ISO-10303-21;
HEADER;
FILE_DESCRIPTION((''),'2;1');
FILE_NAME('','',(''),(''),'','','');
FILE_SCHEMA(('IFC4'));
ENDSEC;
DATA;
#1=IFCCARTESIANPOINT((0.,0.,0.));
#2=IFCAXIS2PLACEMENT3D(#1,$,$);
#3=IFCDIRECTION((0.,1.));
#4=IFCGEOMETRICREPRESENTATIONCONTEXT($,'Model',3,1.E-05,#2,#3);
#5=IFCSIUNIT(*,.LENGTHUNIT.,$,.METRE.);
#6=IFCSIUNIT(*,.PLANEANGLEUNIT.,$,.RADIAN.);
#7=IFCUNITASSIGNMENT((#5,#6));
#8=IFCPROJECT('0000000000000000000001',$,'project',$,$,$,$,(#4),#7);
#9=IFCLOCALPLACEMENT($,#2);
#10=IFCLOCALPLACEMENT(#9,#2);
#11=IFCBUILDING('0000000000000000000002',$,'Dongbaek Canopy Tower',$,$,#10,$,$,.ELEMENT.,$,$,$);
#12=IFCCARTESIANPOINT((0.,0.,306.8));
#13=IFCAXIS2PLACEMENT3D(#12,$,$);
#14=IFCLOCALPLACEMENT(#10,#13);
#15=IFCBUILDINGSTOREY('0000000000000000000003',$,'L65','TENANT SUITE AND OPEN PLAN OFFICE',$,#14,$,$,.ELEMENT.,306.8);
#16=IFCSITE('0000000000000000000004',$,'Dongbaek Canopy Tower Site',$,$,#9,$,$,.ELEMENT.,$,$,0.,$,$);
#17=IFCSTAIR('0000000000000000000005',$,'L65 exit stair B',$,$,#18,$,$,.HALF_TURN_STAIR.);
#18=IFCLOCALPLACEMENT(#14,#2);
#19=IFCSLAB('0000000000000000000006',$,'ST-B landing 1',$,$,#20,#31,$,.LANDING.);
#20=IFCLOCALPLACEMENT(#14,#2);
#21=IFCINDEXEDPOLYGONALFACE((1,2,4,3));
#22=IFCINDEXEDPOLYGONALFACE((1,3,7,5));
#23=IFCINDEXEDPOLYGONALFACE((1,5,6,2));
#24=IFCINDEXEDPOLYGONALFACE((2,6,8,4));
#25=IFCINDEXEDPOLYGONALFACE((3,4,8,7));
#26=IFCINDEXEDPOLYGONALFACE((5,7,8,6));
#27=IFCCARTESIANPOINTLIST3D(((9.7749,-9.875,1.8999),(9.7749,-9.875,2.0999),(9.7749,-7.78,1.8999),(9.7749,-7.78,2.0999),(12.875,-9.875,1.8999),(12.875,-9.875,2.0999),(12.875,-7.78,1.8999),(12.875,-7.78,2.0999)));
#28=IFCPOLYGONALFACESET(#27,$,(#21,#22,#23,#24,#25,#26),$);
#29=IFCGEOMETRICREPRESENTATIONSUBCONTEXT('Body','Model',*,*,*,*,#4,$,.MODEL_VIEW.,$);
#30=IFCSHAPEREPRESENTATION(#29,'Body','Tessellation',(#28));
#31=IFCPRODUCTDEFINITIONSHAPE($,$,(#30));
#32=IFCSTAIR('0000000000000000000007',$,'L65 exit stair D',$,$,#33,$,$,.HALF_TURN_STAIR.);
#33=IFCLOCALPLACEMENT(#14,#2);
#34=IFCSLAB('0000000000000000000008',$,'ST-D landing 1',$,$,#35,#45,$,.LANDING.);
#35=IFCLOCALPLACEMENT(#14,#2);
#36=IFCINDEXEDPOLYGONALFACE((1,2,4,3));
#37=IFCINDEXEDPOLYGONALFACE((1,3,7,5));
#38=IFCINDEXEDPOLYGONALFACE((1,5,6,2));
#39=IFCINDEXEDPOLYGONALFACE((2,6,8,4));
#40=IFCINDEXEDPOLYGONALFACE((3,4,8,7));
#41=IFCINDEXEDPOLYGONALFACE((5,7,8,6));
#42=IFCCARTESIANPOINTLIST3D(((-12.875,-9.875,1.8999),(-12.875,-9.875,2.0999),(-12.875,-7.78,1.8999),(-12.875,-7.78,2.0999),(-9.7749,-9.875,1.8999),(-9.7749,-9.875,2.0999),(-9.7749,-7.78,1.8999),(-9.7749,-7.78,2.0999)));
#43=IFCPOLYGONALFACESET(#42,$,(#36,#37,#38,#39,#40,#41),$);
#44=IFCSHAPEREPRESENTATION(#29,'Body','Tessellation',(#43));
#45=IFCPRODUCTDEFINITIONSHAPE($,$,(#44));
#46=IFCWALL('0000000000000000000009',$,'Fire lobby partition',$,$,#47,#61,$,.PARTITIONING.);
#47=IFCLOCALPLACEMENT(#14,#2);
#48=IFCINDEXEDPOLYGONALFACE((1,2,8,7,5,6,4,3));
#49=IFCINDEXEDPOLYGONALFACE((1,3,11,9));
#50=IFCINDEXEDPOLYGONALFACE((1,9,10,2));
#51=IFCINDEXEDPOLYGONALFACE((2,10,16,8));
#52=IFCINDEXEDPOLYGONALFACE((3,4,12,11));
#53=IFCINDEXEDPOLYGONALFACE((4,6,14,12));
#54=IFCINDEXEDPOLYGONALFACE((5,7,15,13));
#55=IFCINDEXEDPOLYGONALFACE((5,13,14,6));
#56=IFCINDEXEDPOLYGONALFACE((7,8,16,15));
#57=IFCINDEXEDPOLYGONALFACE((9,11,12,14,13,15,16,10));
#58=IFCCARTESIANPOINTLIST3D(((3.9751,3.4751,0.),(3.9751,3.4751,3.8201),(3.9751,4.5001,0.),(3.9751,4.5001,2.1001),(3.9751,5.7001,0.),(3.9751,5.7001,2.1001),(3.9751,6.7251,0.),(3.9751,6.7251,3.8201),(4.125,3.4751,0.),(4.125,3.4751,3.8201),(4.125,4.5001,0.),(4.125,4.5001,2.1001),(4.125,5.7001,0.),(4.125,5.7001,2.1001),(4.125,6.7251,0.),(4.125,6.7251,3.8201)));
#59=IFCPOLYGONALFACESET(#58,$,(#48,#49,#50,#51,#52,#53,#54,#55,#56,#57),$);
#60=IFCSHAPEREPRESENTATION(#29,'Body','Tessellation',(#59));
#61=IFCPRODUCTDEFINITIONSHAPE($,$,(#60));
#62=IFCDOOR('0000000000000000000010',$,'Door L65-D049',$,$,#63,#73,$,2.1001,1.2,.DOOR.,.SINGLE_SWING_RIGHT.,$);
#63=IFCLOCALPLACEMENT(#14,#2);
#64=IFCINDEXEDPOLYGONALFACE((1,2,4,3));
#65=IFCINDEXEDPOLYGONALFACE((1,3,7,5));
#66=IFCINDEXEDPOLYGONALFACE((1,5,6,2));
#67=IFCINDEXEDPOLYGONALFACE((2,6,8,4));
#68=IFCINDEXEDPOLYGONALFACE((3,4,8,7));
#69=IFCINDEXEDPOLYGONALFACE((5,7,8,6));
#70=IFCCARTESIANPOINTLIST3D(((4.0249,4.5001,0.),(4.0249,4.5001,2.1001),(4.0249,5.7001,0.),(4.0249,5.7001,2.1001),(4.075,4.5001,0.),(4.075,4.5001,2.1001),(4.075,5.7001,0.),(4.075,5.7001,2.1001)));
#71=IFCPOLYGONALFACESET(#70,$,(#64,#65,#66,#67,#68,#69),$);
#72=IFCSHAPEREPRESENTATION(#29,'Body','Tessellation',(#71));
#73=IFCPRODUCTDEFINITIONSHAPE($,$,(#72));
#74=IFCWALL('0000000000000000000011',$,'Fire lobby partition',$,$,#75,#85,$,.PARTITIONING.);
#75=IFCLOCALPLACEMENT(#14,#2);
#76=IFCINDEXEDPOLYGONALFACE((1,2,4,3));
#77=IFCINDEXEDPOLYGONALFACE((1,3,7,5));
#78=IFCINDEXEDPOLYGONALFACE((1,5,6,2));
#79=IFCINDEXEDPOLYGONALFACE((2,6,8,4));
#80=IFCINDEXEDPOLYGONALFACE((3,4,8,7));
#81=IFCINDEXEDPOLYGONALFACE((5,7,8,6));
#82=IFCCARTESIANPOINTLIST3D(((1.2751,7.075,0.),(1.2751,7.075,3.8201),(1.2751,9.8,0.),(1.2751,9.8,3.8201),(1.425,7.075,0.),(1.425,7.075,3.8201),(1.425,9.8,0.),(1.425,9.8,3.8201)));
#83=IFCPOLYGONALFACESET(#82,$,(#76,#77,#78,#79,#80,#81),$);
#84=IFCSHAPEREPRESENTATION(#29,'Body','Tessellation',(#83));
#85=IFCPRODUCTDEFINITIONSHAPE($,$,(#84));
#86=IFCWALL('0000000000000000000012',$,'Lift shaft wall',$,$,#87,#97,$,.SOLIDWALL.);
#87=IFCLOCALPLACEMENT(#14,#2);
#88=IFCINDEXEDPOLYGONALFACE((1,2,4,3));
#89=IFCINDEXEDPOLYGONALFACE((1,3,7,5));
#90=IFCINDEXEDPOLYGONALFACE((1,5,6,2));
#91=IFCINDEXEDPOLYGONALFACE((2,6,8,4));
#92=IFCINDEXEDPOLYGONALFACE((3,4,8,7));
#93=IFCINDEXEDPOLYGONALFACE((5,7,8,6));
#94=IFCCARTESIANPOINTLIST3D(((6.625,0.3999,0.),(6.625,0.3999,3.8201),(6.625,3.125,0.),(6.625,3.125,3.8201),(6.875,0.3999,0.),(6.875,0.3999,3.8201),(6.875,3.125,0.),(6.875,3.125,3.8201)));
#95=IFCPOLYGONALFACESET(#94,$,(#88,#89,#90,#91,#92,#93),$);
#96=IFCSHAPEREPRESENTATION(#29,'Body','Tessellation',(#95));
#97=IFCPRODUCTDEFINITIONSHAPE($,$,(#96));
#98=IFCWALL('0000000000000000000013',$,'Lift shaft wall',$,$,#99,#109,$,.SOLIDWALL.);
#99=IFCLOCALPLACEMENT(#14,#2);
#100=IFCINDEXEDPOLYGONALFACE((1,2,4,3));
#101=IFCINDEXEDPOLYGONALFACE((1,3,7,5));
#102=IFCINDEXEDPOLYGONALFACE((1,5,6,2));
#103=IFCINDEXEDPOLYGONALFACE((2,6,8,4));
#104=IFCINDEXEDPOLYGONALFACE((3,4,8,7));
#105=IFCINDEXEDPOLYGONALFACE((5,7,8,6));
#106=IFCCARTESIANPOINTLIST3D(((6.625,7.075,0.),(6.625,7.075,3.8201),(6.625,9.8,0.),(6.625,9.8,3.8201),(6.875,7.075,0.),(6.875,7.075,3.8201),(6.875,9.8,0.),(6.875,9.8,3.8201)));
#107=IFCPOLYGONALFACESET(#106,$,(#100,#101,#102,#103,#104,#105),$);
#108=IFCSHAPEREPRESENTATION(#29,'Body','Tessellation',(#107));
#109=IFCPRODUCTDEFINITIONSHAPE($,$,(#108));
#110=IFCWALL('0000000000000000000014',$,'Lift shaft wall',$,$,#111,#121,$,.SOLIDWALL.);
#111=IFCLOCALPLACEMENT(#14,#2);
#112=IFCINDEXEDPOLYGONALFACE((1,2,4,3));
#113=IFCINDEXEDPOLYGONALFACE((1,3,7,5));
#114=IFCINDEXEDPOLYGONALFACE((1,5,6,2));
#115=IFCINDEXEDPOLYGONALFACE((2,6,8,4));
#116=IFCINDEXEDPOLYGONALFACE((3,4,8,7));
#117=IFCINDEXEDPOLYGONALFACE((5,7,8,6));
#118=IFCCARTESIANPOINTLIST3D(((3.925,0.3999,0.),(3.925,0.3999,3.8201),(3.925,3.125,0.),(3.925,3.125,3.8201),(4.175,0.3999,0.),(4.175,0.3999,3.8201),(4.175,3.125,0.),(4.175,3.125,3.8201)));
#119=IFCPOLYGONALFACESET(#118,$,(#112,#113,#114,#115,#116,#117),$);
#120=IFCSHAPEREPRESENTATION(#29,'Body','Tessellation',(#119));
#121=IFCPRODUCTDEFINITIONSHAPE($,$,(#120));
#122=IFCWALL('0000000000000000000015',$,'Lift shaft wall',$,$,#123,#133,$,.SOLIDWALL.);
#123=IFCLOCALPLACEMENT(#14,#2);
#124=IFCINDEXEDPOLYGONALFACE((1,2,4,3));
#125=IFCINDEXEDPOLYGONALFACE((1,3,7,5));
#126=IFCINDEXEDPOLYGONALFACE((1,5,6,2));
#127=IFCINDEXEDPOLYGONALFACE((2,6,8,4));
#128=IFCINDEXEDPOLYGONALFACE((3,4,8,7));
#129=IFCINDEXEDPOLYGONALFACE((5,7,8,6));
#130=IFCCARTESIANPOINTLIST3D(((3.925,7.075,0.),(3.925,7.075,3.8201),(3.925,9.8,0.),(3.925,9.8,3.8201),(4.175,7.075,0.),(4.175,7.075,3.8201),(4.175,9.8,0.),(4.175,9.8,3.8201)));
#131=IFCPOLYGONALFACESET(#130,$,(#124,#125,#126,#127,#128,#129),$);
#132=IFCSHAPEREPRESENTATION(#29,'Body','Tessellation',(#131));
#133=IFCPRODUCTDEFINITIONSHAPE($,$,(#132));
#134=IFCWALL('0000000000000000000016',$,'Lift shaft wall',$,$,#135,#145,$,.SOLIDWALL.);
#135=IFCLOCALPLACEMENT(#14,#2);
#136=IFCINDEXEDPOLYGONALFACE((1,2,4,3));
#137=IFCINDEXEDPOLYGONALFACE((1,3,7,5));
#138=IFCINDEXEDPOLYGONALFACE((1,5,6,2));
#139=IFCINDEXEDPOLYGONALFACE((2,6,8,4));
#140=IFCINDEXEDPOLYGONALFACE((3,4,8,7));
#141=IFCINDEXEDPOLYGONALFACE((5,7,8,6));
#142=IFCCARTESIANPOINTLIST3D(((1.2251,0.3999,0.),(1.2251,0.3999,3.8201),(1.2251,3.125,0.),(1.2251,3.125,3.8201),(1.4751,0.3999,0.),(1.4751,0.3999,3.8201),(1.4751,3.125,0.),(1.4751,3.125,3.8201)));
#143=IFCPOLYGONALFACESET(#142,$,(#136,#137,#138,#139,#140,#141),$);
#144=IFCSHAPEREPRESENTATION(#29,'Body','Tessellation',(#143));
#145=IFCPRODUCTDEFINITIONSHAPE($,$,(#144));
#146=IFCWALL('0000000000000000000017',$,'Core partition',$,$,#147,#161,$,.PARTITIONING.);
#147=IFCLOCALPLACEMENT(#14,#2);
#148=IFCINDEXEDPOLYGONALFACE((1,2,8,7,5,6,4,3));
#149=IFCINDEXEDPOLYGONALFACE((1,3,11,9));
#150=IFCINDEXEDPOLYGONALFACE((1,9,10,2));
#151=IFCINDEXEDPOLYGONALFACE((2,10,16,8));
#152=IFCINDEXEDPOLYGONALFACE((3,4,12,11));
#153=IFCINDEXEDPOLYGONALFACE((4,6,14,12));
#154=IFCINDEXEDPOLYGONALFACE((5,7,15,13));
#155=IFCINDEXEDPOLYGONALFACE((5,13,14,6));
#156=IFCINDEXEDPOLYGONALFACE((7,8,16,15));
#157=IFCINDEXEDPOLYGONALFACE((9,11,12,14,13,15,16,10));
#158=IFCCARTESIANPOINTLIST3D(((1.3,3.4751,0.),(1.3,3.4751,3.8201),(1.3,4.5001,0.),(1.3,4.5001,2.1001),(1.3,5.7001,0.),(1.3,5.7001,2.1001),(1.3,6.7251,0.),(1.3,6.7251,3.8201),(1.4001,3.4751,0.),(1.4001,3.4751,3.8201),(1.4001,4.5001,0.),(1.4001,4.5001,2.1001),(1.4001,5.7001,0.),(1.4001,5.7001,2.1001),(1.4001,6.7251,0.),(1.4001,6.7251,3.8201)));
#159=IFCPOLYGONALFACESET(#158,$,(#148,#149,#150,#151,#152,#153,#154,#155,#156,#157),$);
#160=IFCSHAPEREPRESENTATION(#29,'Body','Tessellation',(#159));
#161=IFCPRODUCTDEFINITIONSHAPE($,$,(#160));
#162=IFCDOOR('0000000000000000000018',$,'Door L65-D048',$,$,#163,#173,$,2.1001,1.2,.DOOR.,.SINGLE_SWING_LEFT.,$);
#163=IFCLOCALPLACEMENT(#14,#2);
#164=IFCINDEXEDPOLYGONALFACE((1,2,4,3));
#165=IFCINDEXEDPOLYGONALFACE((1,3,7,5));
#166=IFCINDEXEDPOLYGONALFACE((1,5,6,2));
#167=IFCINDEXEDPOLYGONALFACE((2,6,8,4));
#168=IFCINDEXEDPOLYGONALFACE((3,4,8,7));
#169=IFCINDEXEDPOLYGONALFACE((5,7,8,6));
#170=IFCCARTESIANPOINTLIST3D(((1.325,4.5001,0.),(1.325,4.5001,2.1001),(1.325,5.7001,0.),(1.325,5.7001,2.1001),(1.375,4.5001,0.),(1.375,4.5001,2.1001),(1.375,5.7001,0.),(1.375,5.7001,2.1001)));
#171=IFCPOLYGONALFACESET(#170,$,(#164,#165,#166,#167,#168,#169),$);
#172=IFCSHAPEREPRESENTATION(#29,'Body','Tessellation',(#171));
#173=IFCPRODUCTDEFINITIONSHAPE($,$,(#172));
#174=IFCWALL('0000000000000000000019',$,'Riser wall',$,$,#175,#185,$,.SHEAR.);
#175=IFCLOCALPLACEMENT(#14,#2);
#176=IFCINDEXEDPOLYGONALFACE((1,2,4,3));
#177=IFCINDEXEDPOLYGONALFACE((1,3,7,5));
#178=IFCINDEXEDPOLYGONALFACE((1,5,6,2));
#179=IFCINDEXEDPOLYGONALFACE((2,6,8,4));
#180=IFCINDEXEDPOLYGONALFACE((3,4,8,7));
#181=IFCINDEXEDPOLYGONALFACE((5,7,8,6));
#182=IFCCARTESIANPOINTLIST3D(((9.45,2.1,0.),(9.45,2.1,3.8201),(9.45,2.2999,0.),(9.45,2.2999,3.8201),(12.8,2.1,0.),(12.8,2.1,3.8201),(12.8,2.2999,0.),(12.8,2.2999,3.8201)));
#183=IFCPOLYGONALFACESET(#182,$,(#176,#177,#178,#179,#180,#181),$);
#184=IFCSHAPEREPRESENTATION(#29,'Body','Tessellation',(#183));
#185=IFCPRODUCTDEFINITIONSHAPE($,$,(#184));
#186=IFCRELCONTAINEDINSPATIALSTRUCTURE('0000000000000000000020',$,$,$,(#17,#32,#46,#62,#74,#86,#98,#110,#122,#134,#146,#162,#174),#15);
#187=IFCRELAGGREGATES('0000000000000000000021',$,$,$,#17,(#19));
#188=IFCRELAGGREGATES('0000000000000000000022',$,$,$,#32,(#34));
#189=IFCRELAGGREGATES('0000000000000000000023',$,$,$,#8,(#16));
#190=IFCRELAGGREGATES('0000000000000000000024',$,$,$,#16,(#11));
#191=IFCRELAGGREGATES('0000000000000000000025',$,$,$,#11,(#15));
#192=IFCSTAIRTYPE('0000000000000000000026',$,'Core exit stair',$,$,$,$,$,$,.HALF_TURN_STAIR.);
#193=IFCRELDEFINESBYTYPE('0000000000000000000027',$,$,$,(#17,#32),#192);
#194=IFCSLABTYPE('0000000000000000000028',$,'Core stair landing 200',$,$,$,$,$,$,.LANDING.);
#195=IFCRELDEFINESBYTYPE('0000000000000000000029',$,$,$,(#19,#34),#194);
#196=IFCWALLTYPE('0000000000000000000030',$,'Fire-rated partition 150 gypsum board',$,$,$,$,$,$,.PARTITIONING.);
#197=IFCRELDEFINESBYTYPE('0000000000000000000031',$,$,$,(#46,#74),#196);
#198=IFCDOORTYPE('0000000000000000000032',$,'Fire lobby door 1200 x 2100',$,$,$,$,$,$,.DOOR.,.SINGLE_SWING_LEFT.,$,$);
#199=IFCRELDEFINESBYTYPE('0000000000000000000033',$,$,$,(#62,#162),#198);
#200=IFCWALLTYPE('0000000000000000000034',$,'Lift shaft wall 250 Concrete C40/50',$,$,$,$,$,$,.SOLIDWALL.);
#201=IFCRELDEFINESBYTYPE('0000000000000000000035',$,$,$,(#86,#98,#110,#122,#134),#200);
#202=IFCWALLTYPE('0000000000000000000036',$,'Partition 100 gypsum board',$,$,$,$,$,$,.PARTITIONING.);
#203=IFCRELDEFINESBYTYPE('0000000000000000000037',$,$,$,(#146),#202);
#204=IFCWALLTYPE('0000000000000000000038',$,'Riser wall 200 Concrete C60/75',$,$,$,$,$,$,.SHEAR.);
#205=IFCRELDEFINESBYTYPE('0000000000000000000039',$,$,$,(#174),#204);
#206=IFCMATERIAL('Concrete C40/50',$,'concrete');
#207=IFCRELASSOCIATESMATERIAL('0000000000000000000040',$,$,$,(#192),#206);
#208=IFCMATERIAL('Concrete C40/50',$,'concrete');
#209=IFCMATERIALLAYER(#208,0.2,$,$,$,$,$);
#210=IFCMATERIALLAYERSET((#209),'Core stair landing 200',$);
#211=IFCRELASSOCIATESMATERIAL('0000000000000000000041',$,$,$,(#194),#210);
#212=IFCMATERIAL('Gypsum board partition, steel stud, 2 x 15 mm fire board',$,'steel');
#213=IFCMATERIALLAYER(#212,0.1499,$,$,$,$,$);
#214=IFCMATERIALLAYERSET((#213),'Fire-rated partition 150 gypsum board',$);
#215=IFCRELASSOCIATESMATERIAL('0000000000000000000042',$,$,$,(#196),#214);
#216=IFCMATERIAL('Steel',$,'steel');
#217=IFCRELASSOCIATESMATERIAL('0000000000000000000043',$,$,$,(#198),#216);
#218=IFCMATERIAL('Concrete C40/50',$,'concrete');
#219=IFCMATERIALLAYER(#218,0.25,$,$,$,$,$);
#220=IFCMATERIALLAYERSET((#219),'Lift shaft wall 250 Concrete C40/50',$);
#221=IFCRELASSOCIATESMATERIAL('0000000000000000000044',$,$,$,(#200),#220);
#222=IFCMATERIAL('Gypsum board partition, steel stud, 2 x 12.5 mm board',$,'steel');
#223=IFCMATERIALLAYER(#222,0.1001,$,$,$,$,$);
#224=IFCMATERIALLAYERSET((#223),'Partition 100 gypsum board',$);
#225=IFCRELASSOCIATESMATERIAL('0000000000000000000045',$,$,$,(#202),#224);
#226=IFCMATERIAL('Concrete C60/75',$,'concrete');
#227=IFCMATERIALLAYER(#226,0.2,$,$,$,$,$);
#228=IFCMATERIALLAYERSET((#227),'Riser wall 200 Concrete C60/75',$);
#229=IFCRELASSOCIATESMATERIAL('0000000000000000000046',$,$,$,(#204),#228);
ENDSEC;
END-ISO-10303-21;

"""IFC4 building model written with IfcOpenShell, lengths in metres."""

from ifc_helpers import new_model, si_unit, direction, frame, frame_2d, origin, place, context, subcontext, project, spatial, polyline, rectangle, outline, extrude, material, layer, layer_set, type_object, element, fill, aggregate, save


model = new_model("IFC4")

# Units and contexts
model_context = context("Model", 3, precision=1e-05, world=origin(), true_north=direction((0.0, 1.0)))
body_context = subcontext(model_context, "Body", "Model", "MODEL_VIEW")
ifc_project = project(units=[si_unit("LENGTHUNIT", "METRE"), si_unit("PLANEANGLEUNIT", "RADIAN")], contexts=[model_context])

# Site, building, storey
site_placement = place(None, origin())
site = spatial("IfcSite", under=ifc_project, at=site_placement, Name="Dongbaek Canopy Tower Site", CompositionType="ELEMENT", RefElevation=0.0)
building_placement = place(site_placement, origin())
building = spatial("IfcBuilding", under=site, at=building_placement, Name="Dongbaek Canopy Tower", CompositionType="ELEMENT")
storey_placement = place(building_placement, frame((0.0, 0.0, 306.8)))
storey = spatial("IfcBuildingStorey", under=building, at=storey_placement, Name="L65", Description="TENANT SUITE AND OPEN PLAN OFFICE", CompositionType="ELEMENT", Elevation=306.8)

# Stairs, slabs
ifc_material_1 = material(Name="Concrete C40/50", Category="concrete")
stair_type = type_object("IfcStairType", Name="Core exit stair", PredefinedType="HALF_TURN_STAIR", material=ifc_material_1)
stair_1_placement = place(storey_placement, origin())
stair_1 = element("IfcStair", 1, at=stair_1_placement, inside=storey, type_object=stair_type, Name="L65 exit stair B", PredefinedType="HALF_TURN_STAIR")
ifc_material_2 = material(Name="Concrete C40/50", Category="concrete")
ifc_layer_1 = layer(ifc_material_2, 0.2)
ifc_layer_set_1 = layer_set([ifc_layer_1], Name="Core stair landing 200")
slab_type = type_object("IfcSlabType", Name="Core stair landing 200", PredefinedType="LANDING", material=ifc_layer_set_1)
slab_1_placement = place(storey_placement, frame((0.0, 0.0, 1.8999)))
slab_1 = element("IfcSlab", 2, at=slab_1_placement, type_object=slab_type, Name="ST-B landing 1", PredefinedType="LANDING", context=body_context, shape_type="SweptSolid", body=[
    extrude(outline(polyline([(9.7749, -7.78), (9.7749, -9.875), (12.875, -9.875), (12.875, -7.78), (9.7749, -7.78)])), origin(), (0.0, 0.0, 1.0), 0.2),
])
aggregate(stair_1, [slab_1])
stair_2_placement = place(storey_placement, origin())
stair_2 = element("IfcStair", 3, at=stair_2_placement, inside=storey, type_object=stair_type, Name="L65 exit stair D", PredefinedType="HALF_TURN_STAIR")
slab_2_placement = place(storey_placement, frame((0.0, 0.0, 1.8999)))
slab_2 = element("IfcSlab", 4, at=slab_2_placement, type_object=slab_type, Name="ST-D landing 1", PredefinedType="LANDING", context=body_context, shape_type="SweptSolid", body=[
    extrude(outline(polyline([(-12.875, -7.78), (-12.875, -9.875), (-9.7749, -9.875), (-9.7749, -7.78), (-12.875, -7.78)])), origin(), (0.0, 0.0, 1.0), 0.2),
])
aggregate(stair_2, [slab_2])

# Wall, opening, door
ifc_material_3 = material(Name="Gypsum board partition, steel stud, 2 x 15 mm fire board", Category="steel")
ifc_layer_2 = layer(ifc_material_3, 0.1499)
ifc_layer_set_2 = layer_set([ifc_layer_2], Name="Fire-rated partition 150 gypsum board")
wall_type_1 = type_object("IfcWallType", Name="Fire-rated partition 150 gypsum board", PredefinedType="PARTITIONING", material=ifc_layer_set_2)
wall_1_placement = place(storey_placement, frame((4.05, 6.7251, 0.0), z_axis=(0.0, 0.0, 1.0), x_axis=(0.0, -1.0, 0.0)))
wall_1 = element("IfcWall", 5, at=wall_1_placement, inside=storey, type_object=wall_type_1, Name="Fire lobby partition", PredefinedType="PARTITIONING", context=body_context, shape_type="SweptSolid", body=[
    extrude(rectangle(XDim=3.25, YDim=0.1499, at=frame_2d((1.625, 0.0))), origin(), (0.0, 0.0, 1.0), 3.8201),
])
opening_1_placement = place(wall_1_placement, frame((1.0249, 0.0, 0.0)))
opening_1 = element("IfcOpeningElement", 6, at=opening_1_placement, cuts=wall_1, PredefinedType="OPENING", context=body_context, shape_type="SweptSolid", body=[
    extrude(rectangle(XDim=1.2, YDim=2.1001, at=frame_2d((0.6001, 1.05))), frame((0.0, 0.085, 0.0), z_axis=(0.0, -1.0, 0.0), x_axis=(1.0, 0.0, 0.0)), (0.0, 0.0, 1.0), 0.1699),
])
ifc_material_4 = material(Name="Steel", Category="steel")
door_type = type_object("IfcDoorType", Name="Fire lobby door 1200 x 2100", OperationType="SINGLE_SWING_LEFT", PredefinedType="DOOR", material=ifc_material_4)
door_1_placement = place(opening_1_placement, origin())
door_1 = element("IfcDoor", 7, at=door_1_placement, inside=storey, type_object=door_type, Name="Door L65-D049", OperationType="SINGLE_SWING_RIGHT", OverallHeight=2.1001, OverallWidth=1.2, PredefinedType="DOOR", context=body_context, shape_type="SweptSolid", body=[
    extrude(rectangle(XDim=1.2, YDim=2.1001, at=frame_2d((0.6001, 1.05))), frame((0.0, 0.0249, 0.0), z_axis=(0.0, -1.0, 0.0), x_axis=(1.0, 0.0, 0.0)), (0.0, 0.0, 1.0), 0.05),
])
fill(opening_1, door_1)

# Walls
wall_2_placement = place(storey_placement, frame((1.3501, 7.075, 0.0), z_axis=(0.0, 0.0, 1.0), x_axis=(0.0, 1.0, 0.0)))
element("IfcWall", 8, at=wall_2_placement, inside=storey, type_object=wall_type_1, Name="Fire lobby partition", PredefinedType="PARTITIONING", context=body_context, shape_type="SweptSolid", body=[
    extrude(rectangle(XDim=2.7251, YDim=0.1499, at=frame_2d((1.3625, 0.0))), origin(), (0.0, 0.0, 1.0), 3.8201),
])
ifc_material_5 = material(Name="Concrete C40/50", Category="concrete")
ifc_layer_3 = layer(ifc_material_5, 0.25)
ifc_layer_set_3 = layer_set([ifc_layer_3], Name="Lift shaft wall 250 Concrete C40/50")
wall_type_2 = type_object("IfcWallType", Name="Lift shaft wall 250 Concrete C40/50", PredefinedType="SOLIDWALL", material=ifc_layer_set_3)
for number, where, z_axis, x_axis, name in (
    (9, (6.75, 0.3999, 0.0), (0.0, 0.0, 1.0), (0.0, 1.0, 0.0), "Lift shaft wall"),
    (10, (6.75, 7.075, 0.0), (0.0, 0.0, 1.0), (0.0, 1.0, 0.0), "Lift shaft wall"),
    (11, (4.05, 0.3999, 0.0), (0.0, 0.0, 1.0), (0.0, 1.0, 0.0), "Lift shaft wall"),
    (12, (4.05, 7.075, 0.0), (0.0, 0.0, 1.0), (0.0, 1.0, 0.0), "Lift shaft wall"),
    (13, (1.3501, 0.3999, 0.0), (0.0, 0.0, 1.0), (0.0, 1.0, 0.0), "Lift shaft wall"),
):
    element("IfcWall", number, at=place(storey_placement, frame(where, z_axis=z_axis, x_axis=x_axis)), inside=storey, type_object=wall_type_2, Name=name, PredefinedType="SOLIDWALL", context=body_context, shape_type="SweptSolid", body=[
        extrude(rectangle(XDim=2.7251, YDim=0.25, at=frame_2d((1.3625, 0.0))), origin(), (0.0, 0.0, 1.0), 3.8201),
    ])

# Wall, opening, door
ifc_material_6 = material(Name="Gypsum board partition, steel stud, 2 x 12.5 mm board", Category="steel")
ifc_layer_4 = layer(ifc_material_6, 0.1001)
ifc_layer_set_4 = layer_set([ifc_layer_4], Name="Partition 100 gypsum board")
wall_type_3 = type_object("IfcWallType", Name="Partition 100 gypsum board", PredefinedType="PARTITIONING", material=ifc_layer_set_4)
wall_3_placement = place(storey_placement, frame((1.3501, 6.7251, 0.0), z_axis=(0.0, 0.0, 1.0), x_axis=(0.0, -1.0, 0.0)))
wall_3 = element("IfcWall", 14, at=wall_3_placement, inside=storey, type_object=wall_type_3, Name="Core partition", PredefinedType="PARTITIONING", context=body_context, shape_type="SweptSolid", body=[
    extrude(rectangle(XDim=3.25, YDim=0.1001, at=frame_2d((1.625, 0.0))), origin(), (0.0, 0.0, 1.0), 3.8201),
])
opening_2_placement = place(wall_3_placement, frame((1.0249, 0.0, 0.0)))
opening_2 = element("IfcOpeningElement", 15, at=opening_2_placement, cuts=wall_3, PredefinedType="OPENING", context=body_context, shape_type="SweptSolid", body=[
    extrude(rectangle(XDim=1.2, YDim=2.1001, at=frame_2d((0.6001, 1.05))), frame((0.0, 0.0601, 0.0), z_axis=(0.0, -1.0, 0.0), x_axis=(1.0, 0.0, 0.0)), (0.0, 0.0, 1.0), 0.1201),
])
door_2_placement = place(opening_2_placement, origin())
door_2 = element("IfcDoor", 16, at=door_2_placement, inside=storey, type_object=door_type, Name="Door L65-D048", OperationType="SINGLE_SWING_LEFT", OverallHeight=2.1001, OverallWidth=1.2, PredefinedType="DOOR", context=body_context, shape_type="SweptSolid", body=[
    extrude(rectangle(XDim=1.2, YDim=2.1001, at=frame_2d((0.6001, 1.05))), frame((0.0, 0.0249, 0.0), z_axis=(0.0, -1.0, 0.0), x_axis=(1.0, 0.0, 0.0)), (0.0, 0.0, 1.0), 0.05),
])
fill(opening_2, door_2)

# Wall
ifc_material_7 = material(Name="Concrete C60/75", Category="concrete")
ifc_layer_5 = layer(ifc_material_7, 0.2)
ifc_layer_set_5 = layer_set([ifc_layer_5], Name="Riser wall 200 Concrete C60/75")
wall_type_4 = type_object("IfcWallType", Name="Riser wall 200 Concrete C60/75", PredefinedType="SHEAR", material=ifc_layer_set_5)
wall_4_placement = place(storey_placement, frame((9.45, 2.2, 0.0), z_axis=(0.0, 0.0, 1.0), x_axis=(1.0, 0.0, 0.0)))
element("IfcWall", 17, at=wall_4_placement, inside=storey, type_object=wall_type_4, Name="Riser wall", PredefinedType="SHEAR", context=body_context, shape_type="SweptSolid", body=[
    extrude(rectangle(XDim=3.3501, YDim=0.2, at=frame_2d((1.675, 0.0))), origin(), (0.0, 0.0, 1.0), 3.8201),
])

save(model, "model.ifc")
